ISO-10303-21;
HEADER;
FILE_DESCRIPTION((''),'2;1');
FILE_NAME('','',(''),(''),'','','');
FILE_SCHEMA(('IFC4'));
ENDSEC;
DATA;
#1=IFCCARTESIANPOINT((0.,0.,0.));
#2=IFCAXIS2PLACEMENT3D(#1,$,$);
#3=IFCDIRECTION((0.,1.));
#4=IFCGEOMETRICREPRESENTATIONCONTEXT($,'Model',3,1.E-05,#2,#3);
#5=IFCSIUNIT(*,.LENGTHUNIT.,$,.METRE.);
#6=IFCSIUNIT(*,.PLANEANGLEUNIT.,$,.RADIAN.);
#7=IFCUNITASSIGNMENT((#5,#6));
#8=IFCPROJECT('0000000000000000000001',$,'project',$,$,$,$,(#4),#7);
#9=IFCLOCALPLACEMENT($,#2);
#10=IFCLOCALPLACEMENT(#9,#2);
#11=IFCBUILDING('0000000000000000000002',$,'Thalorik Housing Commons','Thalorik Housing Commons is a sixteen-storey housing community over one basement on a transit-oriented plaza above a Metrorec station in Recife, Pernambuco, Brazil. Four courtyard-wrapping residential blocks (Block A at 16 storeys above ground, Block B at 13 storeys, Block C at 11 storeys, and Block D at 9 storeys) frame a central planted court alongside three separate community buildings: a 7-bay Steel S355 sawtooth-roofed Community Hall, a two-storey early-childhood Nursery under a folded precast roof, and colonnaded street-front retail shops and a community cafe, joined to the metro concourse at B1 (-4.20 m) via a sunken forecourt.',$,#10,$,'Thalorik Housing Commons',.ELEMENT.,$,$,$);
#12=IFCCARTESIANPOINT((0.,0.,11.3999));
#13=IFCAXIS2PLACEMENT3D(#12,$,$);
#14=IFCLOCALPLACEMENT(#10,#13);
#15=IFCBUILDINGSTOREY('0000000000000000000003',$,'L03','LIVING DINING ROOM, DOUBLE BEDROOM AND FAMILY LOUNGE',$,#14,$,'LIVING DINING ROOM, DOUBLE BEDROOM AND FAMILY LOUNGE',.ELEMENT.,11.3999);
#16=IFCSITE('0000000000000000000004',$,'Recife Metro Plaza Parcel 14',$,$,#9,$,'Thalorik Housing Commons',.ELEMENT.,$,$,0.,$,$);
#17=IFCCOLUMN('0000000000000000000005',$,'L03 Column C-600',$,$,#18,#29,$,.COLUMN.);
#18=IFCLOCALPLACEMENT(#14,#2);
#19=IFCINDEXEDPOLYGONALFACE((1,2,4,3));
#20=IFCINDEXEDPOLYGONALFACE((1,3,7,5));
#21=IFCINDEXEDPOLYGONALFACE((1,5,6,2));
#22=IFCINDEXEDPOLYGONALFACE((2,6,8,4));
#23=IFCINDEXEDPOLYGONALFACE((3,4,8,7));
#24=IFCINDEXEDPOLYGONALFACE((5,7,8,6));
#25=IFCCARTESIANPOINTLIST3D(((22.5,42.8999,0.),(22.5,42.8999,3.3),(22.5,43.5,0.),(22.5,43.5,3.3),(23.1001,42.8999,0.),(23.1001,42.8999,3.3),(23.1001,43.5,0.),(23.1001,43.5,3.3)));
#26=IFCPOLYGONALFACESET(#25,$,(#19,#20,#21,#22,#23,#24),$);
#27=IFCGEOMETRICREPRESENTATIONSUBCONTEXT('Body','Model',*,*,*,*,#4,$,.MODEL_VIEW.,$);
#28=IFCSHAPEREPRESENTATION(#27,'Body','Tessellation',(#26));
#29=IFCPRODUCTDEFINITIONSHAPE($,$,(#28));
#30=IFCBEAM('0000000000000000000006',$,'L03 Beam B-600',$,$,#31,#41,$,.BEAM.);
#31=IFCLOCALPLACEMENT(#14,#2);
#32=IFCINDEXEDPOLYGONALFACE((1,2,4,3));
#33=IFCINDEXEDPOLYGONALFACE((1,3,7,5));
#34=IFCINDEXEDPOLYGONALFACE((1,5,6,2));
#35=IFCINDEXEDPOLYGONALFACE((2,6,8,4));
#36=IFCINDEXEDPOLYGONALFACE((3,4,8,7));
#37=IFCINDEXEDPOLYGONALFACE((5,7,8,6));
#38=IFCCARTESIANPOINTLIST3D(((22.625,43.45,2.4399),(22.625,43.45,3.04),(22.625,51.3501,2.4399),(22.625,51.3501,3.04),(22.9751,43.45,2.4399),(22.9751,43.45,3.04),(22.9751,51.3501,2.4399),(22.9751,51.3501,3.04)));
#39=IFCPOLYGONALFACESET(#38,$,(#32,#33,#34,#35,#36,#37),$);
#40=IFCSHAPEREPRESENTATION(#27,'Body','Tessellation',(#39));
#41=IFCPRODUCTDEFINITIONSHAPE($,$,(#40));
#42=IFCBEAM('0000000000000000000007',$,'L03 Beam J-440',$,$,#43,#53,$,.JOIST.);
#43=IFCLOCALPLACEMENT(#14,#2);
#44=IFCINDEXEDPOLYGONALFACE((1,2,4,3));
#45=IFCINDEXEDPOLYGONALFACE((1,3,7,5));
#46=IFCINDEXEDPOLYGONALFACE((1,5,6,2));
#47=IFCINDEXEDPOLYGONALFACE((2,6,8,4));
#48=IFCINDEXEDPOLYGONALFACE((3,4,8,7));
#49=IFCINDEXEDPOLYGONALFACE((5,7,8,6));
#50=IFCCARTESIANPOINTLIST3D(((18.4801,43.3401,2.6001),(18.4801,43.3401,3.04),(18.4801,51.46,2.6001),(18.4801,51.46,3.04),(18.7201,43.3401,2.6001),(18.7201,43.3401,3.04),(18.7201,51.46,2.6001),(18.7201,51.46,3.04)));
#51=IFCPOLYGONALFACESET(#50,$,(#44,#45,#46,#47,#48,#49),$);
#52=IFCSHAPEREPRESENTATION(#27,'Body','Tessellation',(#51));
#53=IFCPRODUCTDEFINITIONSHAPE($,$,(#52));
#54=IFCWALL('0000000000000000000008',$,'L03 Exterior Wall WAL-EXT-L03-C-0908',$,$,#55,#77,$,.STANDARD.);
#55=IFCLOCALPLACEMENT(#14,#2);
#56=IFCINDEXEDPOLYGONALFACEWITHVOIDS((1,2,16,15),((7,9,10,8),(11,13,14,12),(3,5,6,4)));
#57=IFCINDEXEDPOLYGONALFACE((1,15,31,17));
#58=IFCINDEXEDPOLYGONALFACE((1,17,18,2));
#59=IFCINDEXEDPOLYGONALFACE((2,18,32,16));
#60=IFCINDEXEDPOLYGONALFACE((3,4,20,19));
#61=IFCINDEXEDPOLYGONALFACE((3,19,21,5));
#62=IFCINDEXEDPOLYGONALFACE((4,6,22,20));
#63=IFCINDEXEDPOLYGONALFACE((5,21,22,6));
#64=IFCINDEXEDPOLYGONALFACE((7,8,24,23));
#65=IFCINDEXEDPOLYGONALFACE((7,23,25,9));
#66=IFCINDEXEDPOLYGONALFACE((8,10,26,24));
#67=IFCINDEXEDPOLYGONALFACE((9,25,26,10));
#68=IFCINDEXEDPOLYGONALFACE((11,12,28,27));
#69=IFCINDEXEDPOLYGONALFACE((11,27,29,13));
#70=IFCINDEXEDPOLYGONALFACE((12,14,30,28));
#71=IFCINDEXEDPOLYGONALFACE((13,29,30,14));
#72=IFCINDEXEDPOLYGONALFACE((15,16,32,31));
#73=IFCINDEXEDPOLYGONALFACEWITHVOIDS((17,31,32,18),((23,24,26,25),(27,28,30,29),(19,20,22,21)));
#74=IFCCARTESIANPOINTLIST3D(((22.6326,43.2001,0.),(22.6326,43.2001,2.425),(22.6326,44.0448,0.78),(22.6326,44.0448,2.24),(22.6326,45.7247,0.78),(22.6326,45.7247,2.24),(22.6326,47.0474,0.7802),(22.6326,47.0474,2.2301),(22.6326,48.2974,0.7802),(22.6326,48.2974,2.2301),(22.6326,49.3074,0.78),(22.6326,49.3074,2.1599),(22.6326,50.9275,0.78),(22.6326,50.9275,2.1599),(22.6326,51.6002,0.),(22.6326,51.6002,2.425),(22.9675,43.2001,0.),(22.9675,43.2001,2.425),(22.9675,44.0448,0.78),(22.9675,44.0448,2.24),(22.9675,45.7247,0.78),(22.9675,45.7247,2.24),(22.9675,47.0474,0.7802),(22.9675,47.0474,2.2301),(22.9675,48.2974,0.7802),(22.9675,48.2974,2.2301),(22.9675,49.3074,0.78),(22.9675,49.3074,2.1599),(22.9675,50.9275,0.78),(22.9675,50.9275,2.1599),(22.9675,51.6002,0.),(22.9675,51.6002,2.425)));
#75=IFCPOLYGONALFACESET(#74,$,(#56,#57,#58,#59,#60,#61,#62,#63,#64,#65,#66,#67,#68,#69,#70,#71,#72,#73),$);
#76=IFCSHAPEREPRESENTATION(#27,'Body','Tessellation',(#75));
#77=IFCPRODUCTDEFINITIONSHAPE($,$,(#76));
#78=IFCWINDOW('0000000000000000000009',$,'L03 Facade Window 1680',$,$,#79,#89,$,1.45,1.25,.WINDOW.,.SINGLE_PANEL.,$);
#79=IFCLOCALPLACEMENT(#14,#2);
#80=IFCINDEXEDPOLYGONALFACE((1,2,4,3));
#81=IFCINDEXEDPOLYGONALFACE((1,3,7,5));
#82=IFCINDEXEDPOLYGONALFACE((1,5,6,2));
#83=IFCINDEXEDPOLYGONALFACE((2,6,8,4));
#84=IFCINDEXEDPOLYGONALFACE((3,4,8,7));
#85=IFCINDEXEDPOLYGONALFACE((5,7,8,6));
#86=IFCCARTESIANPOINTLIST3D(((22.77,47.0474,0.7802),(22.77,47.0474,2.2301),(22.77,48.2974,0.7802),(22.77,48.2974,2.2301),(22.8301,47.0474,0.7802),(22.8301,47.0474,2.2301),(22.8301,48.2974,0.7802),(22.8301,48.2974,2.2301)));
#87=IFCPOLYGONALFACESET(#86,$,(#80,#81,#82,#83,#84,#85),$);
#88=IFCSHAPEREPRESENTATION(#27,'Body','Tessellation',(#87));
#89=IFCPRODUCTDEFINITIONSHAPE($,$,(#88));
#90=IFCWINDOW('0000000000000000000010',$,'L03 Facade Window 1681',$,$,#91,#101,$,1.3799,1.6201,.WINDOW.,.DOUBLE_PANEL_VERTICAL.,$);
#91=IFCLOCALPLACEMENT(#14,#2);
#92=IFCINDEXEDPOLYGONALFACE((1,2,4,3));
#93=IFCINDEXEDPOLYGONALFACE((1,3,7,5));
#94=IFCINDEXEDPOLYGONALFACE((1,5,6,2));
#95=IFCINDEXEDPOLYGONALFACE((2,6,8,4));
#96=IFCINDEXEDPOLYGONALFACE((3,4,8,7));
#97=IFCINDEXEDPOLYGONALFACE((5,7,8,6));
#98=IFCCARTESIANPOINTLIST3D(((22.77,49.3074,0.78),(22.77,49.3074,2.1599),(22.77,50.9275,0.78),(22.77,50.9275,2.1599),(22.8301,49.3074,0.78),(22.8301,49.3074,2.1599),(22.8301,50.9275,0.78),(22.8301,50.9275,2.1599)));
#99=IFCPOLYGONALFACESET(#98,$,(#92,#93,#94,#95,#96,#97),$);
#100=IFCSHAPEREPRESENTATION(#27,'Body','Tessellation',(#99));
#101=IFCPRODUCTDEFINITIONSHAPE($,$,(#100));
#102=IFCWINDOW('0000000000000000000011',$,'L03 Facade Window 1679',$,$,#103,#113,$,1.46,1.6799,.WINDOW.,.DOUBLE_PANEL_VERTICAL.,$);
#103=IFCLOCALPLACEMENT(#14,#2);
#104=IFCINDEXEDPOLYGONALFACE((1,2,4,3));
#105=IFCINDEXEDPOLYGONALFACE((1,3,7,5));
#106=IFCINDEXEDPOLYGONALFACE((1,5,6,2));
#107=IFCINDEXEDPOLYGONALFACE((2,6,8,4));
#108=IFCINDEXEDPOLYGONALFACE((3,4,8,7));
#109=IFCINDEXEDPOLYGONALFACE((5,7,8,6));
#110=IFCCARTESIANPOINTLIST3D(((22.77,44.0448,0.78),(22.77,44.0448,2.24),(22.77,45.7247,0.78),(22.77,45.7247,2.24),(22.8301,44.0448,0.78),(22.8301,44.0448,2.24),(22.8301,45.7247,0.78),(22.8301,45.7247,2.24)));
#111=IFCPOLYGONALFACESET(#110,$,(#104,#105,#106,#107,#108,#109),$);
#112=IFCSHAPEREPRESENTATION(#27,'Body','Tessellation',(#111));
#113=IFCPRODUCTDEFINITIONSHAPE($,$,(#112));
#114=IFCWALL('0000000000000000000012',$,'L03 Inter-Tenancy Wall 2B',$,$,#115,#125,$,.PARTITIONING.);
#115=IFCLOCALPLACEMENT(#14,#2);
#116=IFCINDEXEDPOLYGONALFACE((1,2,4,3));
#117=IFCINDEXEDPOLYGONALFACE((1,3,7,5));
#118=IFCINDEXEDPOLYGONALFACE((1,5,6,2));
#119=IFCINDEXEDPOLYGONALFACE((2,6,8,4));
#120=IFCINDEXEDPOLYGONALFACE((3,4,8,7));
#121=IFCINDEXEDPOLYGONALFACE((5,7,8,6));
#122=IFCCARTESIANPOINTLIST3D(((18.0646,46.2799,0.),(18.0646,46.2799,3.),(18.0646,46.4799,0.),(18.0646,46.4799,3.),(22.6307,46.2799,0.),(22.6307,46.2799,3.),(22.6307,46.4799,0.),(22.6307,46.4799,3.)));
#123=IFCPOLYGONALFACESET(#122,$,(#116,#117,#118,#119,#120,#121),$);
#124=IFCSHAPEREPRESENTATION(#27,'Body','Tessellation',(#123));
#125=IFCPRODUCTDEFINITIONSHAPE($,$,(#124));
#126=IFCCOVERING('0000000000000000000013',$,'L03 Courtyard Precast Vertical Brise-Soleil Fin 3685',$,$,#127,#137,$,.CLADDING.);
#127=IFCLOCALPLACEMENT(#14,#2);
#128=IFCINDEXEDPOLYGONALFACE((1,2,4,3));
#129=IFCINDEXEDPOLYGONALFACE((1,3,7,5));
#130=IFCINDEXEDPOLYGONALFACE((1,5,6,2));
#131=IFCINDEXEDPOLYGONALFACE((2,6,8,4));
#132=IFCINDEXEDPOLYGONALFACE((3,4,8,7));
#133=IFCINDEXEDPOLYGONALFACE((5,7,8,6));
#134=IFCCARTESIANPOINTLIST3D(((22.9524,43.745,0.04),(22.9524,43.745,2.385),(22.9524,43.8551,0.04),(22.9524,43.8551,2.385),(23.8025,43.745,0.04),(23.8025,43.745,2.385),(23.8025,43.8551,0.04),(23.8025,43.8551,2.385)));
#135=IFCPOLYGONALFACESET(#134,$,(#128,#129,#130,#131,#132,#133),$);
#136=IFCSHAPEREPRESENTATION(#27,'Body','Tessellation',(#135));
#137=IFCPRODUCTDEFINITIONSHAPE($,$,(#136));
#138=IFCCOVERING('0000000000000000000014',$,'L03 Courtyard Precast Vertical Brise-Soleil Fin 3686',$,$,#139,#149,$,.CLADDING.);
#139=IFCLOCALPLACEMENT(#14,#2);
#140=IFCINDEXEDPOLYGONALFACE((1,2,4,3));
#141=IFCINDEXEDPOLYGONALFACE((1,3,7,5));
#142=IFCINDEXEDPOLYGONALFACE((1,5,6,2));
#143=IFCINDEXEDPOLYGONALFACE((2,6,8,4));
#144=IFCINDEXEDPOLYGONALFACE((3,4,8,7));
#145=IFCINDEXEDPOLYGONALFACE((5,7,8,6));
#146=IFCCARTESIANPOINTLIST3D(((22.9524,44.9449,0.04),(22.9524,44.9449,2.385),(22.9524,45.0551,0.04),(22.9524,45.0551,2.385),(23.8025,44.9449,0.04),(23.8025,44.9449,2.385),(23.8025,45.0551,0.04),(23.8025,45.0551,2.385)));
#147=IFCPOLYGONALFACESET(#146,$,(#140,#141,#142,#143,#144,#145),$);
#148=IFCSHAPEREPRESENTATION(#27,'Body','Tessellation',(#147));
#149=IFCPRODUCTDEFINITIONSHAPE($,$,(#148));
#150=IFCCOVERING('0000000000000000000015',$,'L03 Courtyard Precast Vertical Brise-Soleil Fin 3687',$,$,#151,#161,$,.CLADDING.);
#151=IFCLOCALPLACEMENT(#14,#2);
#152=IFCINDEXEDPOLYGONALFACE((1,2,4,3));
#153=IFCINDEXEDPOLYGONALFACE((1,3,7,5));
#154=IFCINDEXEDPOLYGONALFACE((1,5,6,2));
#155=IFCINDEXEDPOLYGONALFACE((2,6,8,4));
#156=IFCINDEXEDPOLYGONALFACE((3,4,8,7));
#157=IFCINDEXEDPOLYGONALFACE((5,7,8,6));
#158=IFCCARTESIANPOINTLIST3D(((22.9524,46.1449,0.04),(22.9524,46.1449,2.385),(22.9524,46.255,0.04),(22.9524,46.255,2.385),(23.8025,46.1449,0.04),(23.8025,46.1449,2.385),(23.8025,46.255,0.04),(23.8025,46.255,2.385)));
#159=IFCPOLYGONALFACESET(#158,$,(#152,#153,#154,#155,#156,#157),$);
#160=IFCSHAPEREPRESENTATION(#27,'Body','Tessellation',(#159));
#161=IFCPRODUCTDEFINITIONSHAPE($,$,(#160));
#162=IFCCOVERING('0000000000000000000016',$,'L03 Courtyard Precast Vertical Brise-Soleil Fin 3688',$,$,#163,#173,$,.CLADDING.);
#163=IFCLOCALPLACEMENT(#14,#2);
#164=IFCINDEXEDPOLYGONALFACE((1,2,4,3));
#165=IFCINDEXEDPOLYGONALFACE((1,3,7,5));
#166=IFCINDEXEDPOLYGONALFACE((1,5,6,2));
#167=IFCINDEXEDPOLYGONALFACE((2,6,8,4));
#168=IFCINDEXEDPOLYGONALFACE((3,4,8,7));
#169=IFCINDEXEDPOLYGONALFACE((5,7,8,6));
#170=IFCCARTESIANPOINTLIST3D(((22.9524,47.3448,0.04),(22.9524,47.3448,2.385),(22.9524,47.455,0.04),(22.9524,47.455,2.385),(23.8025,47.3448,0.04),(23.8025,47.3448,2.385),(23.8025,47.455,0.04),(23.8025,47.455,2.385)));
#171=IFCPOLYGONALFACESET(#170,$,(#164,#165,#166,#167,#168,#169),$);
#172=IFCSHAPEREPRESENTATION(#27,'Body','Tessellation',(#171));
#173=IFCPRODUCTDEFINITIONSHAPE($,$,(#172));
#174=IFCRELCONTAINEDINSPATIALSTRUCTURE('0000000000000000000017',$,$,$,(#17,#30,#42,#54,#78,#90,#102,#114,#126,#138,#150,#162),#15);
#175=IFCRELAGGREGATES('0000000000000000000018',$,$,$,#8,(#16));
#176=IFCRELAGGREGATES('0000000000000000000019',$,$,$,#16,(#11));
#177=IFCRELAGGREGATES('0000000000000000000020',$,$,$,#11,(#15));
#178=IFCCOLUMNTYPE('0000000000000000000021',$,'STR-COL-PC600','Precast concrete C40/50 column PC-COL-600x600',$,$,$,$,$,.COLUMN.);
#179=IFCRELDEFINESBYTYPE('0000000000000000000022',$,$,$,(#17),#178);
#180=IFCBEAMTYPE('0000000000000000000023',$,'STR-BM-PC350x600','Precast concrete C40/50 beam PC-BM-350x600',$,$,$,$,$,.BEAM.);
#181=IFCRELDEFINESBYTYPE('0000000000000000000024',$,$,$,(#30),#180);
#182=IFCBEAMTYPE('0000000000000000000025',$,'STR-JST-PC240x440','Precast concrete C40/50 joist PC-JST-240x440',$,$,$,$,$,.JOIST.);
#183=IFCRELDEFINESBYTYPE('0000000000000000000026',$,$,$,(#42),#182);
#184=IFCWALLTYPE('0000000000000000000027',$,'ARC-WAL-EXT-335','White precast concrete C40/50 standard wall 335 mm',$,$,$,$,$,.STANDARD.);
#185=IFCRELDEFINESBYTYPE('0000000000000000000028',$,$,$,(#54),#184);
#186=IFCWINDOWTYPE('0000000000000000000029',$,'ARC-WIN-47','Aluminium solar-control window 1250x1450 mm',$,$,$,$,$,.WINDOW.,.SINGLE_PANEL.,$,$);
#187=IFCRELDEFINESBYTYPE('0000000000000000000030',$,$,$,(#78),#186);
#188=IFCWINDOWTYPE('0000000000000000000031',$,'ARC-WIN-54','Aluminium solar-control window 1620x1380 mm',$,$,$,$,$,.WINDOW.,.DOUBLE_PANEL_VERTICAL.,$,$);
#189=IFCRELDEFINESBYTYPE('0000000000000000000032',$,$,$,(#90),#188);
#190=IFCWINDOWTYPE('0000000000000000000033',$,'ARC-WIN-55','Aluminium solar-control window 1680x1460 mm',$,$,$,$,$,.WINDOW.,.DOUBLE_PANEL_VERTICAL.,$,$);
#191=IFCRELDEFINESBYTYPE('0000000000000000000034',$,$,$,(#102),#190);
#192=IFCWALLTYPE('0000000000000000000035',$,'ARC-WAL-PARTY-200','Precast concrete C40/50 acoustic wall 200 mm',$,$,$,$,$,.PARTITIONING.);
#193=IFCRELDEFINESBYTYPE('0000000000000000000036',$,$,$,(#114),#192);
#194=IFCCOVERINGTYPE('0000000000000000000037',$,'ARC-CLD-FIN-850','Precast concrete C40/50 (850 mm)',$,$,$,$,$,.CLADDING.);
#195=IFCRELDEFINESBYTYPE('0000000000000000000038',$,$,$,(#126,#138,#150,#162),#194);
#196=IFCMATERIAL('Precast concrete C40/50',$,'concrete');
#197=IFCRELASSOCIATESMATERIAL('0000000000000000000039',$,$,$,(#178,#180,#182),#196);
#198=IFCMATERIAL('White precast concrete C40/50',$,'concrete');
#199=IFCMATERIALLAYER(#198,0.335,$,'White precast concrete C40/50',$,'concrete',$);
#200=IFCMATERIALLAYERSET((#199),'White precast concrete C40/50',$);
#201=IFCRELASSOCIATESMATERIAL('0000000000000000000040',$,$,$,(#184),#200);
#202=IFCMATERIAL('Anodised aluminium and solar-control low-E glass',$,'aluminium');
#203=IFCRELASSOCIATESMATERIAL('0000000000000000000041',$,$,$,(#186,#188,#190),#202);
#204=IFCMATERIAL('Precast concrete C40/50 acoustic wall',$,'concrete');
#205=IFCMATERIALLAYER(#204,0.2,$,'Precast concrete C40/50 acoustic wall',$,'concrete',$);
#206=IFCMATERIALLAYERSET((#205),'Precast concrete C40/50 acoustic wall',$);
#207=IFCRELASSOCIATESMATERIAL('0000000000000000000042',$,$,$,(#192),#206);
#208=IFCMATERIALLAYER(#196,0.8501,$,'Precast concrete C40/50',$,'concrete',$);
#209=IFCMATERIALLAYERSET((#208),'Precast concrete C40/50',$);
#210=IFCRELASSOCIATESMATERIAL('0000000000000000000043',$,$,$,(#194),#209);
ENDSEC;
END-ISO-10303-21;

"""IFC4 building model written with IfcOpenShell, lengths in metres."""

from ifc_helpers import new_model, si_unit, direction, frame, frame_2d, origin, origin_2d, place, context, subcontext, project, spatial, rectangle, extrude, material, layer, layer_set, material_profile, profile_set, type_object, element, fill, save


model = new_model("IFC4")

# Units and contexts
model_context = context("Model", 3, precision=1e-05, world=origin(), true_north=direction((0.0, 1.0)))
body_context = subcontext(model_context, "Body", "Model", "MODEL_VIEW")
ifc_project = project(units=[si_unit("LENGTHUNIT", "METRE"), si_unit("PLANEANGLEUNIT", "RADIAN")], contexts=[model_context])

# Site, building, storey
site_placement = place(None, origin())
site = spatial("IfcSite", under=ifc_project, at=site_placement, Name="Recife Metro Plaza Parcel 14", LongName="Thalorik Housing Commons", CompositionType="ELEMENT", RefElevation=0.0)
building_placement = place(site_placement, origin())
building = spatial("IfcBuilding", under=site, at=building_placement, Name="Thalorik Housing Commons", Description="Thalorik Housing Commons is a sixteen-storey housing community over one basement on a transit-oriented plaza above a Metrorec station in Recife, Pernambuco, Brazil. Four courtyard-wrapping residential blocks (Block A at 16 storeys above ground, Block B at 13 storeys, Block C at 11 storeys, and Block D at 9 storeys) frame a central planted court alongside three separate community buildings: a 7-bay Steel S355 sawtooth-roofed Community Hall, a two-storey early-childhood Nursery under a folded precast roof, and colonnaded street-front retail shops and a community cafe, joined to the metro concourse at B1 (-4.20 m) via a sunken forecourt.", LongName="Thalorik Housing Commons", CompositionType="ELEMENT")
storey_placement = place(building_placement, frame((0.0, 0.0, 11.3999)))
storey = spatial("IfcBuildingStorey", under=building, at=storey_placement, Name="L03", Description="LIVING DINING ROOM, DOUBLE BEDROOM AND FAMILY LOUNGE", LongName="LIVING DINING ROOM, DOUBLE BEDROOM AND FAMILY LOUNGE", CompositionType="ELEMENT", Elevation=11.3999)

# Column
ifc_material_1 = material(Name="Precast concrete C40/50", Category="concrete")
ifc_material_profile_1 = material_profile(ifc_material_1, rectangle(XDim=0.6001, YDim=0.6001, at=origin_2d()), Name="PC 600x600", Category="concrete")
ifc_profile_set_1 = profile_set([ifc_material_profile_1], Name="Precast concrete C40/50")
column_type = type_object("IfcColumnType", Name="STR-COL-PC600", Description="Precast concrete C40/50 column PC-COL-600x600", PredefinedType="COLUMN", material=ifc_profile_set_1)
column_placement = place(storey_placement, frame((22.8, 43.2, 0.0), z_axis=(0.0, 0.0, 1.0), x_axis=(1.0, 0.0, 0.0)))
element("IfcColumn", 1, at=column_placement, inside=storey, type_object=column_type, Name="L03 Column C-600", PredefinedType="COLUMN", context=body_context, shape_type="SweptSolid", body=[
    extrude(rectangle(XDim=0.6001, YDim=0.6001, at=origin_2d()), origin(), (0.0, 0.0, 1.0), 3.3),
])

# Beams
ifc_material_profile_2 = material_profile(ifc_material_1, rectangle(XDim=0.3501, YDim=0.6001, at=origin_2d()), Name="PC 350x600", Category="concrete")
ifc_profile_set_2 = profile_set([ifc_material_profile_2], Name="Precast concrete C40/50")
beam_type_1 = type_object("IfcBeamType", Name="STR-BM-PC350x600", Description="Precast concrete C40/50 beam PC-BM-350x600", PredefinedType="BEAM", material=ifc_profile_set_2)
beam_1_placement = place(storey_placement, frame((22.8, 43.45, 2.74), z_axis=(0.0, 1.0, 0.0), x_axis=(-1.0, 0.0, 0.0)))
element("IfcBeam", 2, at=beam_1_placement, inside=storey, type_object=beam_type_1, Name="L03 Beam B-600", PredefinedType="BEAM", context=body_context, shape_type="SweptSolid", body=[
    extrude(rectangle(XDim=0.3501, YDim=0.6001, at=origin_2d()), origin(), (0.0, 0.0, 1.0), 7.9001),
])
ifc_material_profile_3 = material_profile(ifc_material_1, rectangle(XDim=0.24, YDim=0.4399, at=origin_2d()), Name="PC JST 240x440", Category="concrete")
ifc_profile_set_3 = profile_set([ifc_material_profile_3], Name="Precast concrete C40/50")
beam_type_2 = type_object("IfcBeamType", Name="STR-JST-PC240x440", Description="Precast concrete C40/50 joist PC-JST-240x440", PredefinedType="JOIST", material=ifc_profile_set_3)
beam_2_placement = place(storey_placement, frame((18.6001, 43.3401, 2.8201), z_axis=(0.0, 1.0, 0.0), x_axis=(-1.0, 0.0, 0.0)))
element("IfcBeam", 3, at=beam_2_placement, inside=storey, type_object=beam_type_2, Name="L03 Beam J-440", PredefinedType="JOIST", context=body_context, shape_type="SweptSolid", body=[
    extrude(rectangle(XDim=0.24, YDim=0.4399, at=origin_2d()), origin(), (0.0, 0.0, 1.0), 8.1199),
])

# Wall, openings, windows
ifc_material_2 = material(Name="White precast concrete C40/50", Category="concrete")
ifc_layer_1 = layer(ifc_material_2, 0.335, Name="White precast concrete C40/50", Category="concrete")
ifc_layer_set_1 = layer_set([ifc_layer_1], Name="White precast concrete C40/50")
wall_type_1 = type_object("IfcWallType", Name="ARC-WAL-EXT-335", Description="White precast concrete C40/50 standard wall 335 mm", PredefinedType="STANDARD", material=ifc_layer_set_1)
wall_1_placement = place(storey_placement, frame((22.8, 43.2, 0.0), z_axis=(0.0, 0.0, 1.0), x_axis=(0.0, 1.0, 0.0)))
wall_1 = element("IfcWall", 4, at=wall_1_placement, inside=storey, type_object=wall_type_1, Name="L03 Exterior Wall WAL-EXT-L03-C-0908", PredefinedType="STANDARD", context=body_context, shape_type="SweptSolid", body=[
    extrude(rectangle(XDim=8.4001, YDim=0.335, at=frame_2d((4.2002, 0.0))), origin(), (0.0, 0.0, 1.0), 2.425),
])
opening_1_placement = place(wall_1_placement, frame((0.845, 0.0, 0.78)))
opening_1 = element("IfcOpeningElement", 5, at=opening_1_placement, cuts=wall_1, PredefinedType="OPENING", context=body_context, shape_type="SweptSolid", body=[
    extrude(rectangle(XDim=1.6799, YDim=1.46, at=frame_2d((0.8398, 0.73))), frame((0.0, 0.1775, 0.0), z_axis=(0.0, -1.0, 0.0), x_axis=(1.0, 0.0, 0.0)), (0.0, 0.0, 1.0), 0.355),
])
opening_2_placement = place(wall_1_placement, frame((3.8474, 0.0, 0.78)))
opening_2 = element("IfcOpeningElement", 6, at=opening_2_placement, cuts=wall_1, PredefinedType="OPENING", context=body_context, shape_type="SweptSolid", body=[
    extrude(rectangle(XDim=1.25, YDim=1.45, at=frame_2d((0.625, 0.7251))), frame((0.0, 0.1775, 0.0), z_axis=(0.0, -1.0, 0.0), x_axis=(1.0, 0.0, 0.0)), (0.0, 0.0, 1.0), 0.355),
])
opening_3_placement = place(wall_1_placement, frame((6.1074, 0.0, 0.78)))
opening_3 = element("IfcOpeningElement", 7, at=opening_3_placement, cuts=wall_1, PredefinedType="OPENING", context=body_context, shape_type="SweptSolid", body=[
    extrude(rectangle(XDim=1.6201, YDim=1.3799, at=frame_2d((0.8101, 0.6899))), frame((0.0, 0.1775, 0.0), z_axis=(0.0, -1.0, 0.0), x_axis=(1.0, 0.0, 0.0)), (0.0, 0.0, 1.0), 0.355),
])
ifc_material_3 = material(Name="Anodised aluminium and solar-control low-E glass", Category="aluminium")
window_type_1 = type_object("IfcWindowType", Name="ARC-WIN-47", Description="Aluminium solar-control window 1250x1450 mm", PartitioningType="SINGLE_PANEL", PredefinedType="WINDOW", material=ifc_material_3)
window_1_placement = place(opening_2_placement, origin())
window_1 = element("IfcWindow", 8, at=window_1_placement, inside=storey, type_object=window_type_1, Name="L03 Facade Window 1680", OverallHeight=1.45, OverallWidth=1.25, PartitioningType="SINGLE_PANEL", PredefinedType="WINDOW", context=body_context, shape_type="SweptSolid", body=[
    extrude(rectangle(XDim=1.25, YDim=1.45, at=frame_2d((0.625, 0.7251))), frame((0.0, 0.03, 0.0), z_axis=(0.0, -1.0, 0.0), x_axis=(1.0, 0.0, 0.0)), (0.0, 0.0, 1.0), 0.0601),
])
fill(opening_2, window_1)
window_type_2 = type_object("IfcWindowType", Name="ARC-WIN-54", Description="Aluminium solar-control window 1620x1380 mm", PartitioningType="DOUBLE_PANEL_VERTICAL", PredefinedType="WINDOW", material=ifc_material_3)
window_2_placement = place(opening_3_placement, origin())
window_2 = element("IfcWindow", 9, at=window_2_placement, inside=storey, type_object=window_type_2, Name="L03 Facade Window 1681", OverallHeight=1.3799, OverallWidth=1.6201, PartitioningType="DOUBLE_PANEL_VERTICAL", PredefinedType="WINDOW", context=body_context, shape_type="SweptSolid", body=[
    extrude(rectangle(XDim=1.6201, YDim=1.3799, at=frame_2d((0.8101, 0.6899))), frame((0.0, 0.03, 0.0), z_axis=(0.0, -1.0, 0.0), x_axis=(1.0, 0.0, 0.0)), (0.0, 0.0, 1.0), 0.0601),
])
fill(opening_3, window_2)
window_type_3 = type_object("IfcWindowType", Name="ARC-WIN-55", Description="Aluminium solar-control window 1680x1460 mm", PartitioningType="DOUBLE_PANEL_VERTICAL", PredefinedType="WINDOW", material=ifc_material_3)
window_3_placement = place(opening_1_placement, origin())
window_3 = element("IfcWindow", 10, at=window_3_placement, inside=storey, type_object=window_type_3, Name="L03 Facade Window 1679", OverallHeight=1.46, OverallWidth=1.6799, PartitioningType="DOUBLE_PANEL_VERTICAL", PredefinedType="WINDOW", context=body_context, shape_type="SweptSolid", body=[
    extrude(rectangle(XDim=1.6799, YDim=1.46, at=frame_2d((0.8398, 0.73))), frame((0.0, 0.03, 0.0), z_axis=(0.0, -1.0, 0.0), x_axis=(1.0, 0.0, 0.0)), (0.0, 0.0, 1.0), 0.0601),
])
fill(opening_1, window_3)

# Wall
ifc_material_4 = material(Name="Precast concrete C40/50 acoustic wall", Category="concrete")
ifc_layer_2 = layer(ifc_material_4, 0.2, Name="Precast concrete C40/50 acoustic wall", Category="concrete")
ifc_layer_set_2 = layer_set([ifc_layer_2], Name="Precast concrete C40/50 acoustic wall")
wall_type_2 = type_object("IfcWallType", Name="ARC-WAL-PARTY-200", Description="Precast concrete C40/50 acoustic wall 200 mm", PredefinedType="PARTITIONING", material=ifc_layer_set_2)
wall_2_placement = place(storey_placement, frame((18.0645, 46.3799, 0.0), z_axis=(0.0, 0.0, 1.0), x_axis=(1.0, 0.0, 0.0)))
element("IfcWall", 11, at=wall_2_placement, inside=storey, type_object=wall_type_2, Name="L03 Inter-Tenancy Wall 2B", PredefinedType="PARTITIONING", context=body_context, shape_type="SweptSolid", body=[
    extrude(rectangle(XDim=4.5662, YDim=0.2, at=frame_2d((2.2832, 0.0))), origin(), (0.0, 0.0, 1.0), 3.0),
])

# Coverings
ifc_layer_3 = layer(ifc_material_1, 0.8501, Name="Precast concrete C40/50", Category="concrete")
ifc_layer_set_3 = layer_set([ifc_layer_3], Name="Precast concrete C40/50")
covering_type_1 = type_object("IfcCoveringType", Name="ARC-CLD-FIN-850", Description="Precast concrete C40/50 (850 mm)", PredefinedType="CLADDING", material=ifc_layer_set_3)
for number, where, z_axis, x_axis, name in (
    (12, (23.3774, 43.8, 0.04), (0.0, 0.0, 1.0), (0.0, 1.0, 0.0), "L03 Courtyard Precast Vertical Brise-Soleil Fin 3685"),
    (13, (23.3774, 45.0, 0.04), (0.0, 0.0, 1.0), (0.0, 1.0, 0.0), "L03 Courtyard Precast Vertical Brise-Soleil Fin 3686"),
    (14, (23.3774, 46.2, 0.04), (0.0, 0.0, 1.0), (0.0, 1.0, 0.0), "L03 Courtyard Precast Vertical Brise-Soleil Fin 3687"),
    (15, (23.3774, 47.3999, 0.04), (0.0, 0.0, 1.0), (0.0, 1.0, 0.0), "L03 Courtyard Precast Vertical Brise-Soleil Fin 3688"),
):
    element("IfcCovering", number, at=place(storey_placement, frame(where, z_axis=z_axis, x_axis=x_axis)), inside=storey, type_object=covering_type_1, Name=name, PredefinedType="CLADDING", context=body_context, shape_type="SweptSolid", body=[
        extrude(rectangle(XDim=0.1101, YDim=0.8501, at=origin_2d()), origin(), (0.0, 0.0, 1.0), 2.345),
    ])

save(model, "model.ifc")
